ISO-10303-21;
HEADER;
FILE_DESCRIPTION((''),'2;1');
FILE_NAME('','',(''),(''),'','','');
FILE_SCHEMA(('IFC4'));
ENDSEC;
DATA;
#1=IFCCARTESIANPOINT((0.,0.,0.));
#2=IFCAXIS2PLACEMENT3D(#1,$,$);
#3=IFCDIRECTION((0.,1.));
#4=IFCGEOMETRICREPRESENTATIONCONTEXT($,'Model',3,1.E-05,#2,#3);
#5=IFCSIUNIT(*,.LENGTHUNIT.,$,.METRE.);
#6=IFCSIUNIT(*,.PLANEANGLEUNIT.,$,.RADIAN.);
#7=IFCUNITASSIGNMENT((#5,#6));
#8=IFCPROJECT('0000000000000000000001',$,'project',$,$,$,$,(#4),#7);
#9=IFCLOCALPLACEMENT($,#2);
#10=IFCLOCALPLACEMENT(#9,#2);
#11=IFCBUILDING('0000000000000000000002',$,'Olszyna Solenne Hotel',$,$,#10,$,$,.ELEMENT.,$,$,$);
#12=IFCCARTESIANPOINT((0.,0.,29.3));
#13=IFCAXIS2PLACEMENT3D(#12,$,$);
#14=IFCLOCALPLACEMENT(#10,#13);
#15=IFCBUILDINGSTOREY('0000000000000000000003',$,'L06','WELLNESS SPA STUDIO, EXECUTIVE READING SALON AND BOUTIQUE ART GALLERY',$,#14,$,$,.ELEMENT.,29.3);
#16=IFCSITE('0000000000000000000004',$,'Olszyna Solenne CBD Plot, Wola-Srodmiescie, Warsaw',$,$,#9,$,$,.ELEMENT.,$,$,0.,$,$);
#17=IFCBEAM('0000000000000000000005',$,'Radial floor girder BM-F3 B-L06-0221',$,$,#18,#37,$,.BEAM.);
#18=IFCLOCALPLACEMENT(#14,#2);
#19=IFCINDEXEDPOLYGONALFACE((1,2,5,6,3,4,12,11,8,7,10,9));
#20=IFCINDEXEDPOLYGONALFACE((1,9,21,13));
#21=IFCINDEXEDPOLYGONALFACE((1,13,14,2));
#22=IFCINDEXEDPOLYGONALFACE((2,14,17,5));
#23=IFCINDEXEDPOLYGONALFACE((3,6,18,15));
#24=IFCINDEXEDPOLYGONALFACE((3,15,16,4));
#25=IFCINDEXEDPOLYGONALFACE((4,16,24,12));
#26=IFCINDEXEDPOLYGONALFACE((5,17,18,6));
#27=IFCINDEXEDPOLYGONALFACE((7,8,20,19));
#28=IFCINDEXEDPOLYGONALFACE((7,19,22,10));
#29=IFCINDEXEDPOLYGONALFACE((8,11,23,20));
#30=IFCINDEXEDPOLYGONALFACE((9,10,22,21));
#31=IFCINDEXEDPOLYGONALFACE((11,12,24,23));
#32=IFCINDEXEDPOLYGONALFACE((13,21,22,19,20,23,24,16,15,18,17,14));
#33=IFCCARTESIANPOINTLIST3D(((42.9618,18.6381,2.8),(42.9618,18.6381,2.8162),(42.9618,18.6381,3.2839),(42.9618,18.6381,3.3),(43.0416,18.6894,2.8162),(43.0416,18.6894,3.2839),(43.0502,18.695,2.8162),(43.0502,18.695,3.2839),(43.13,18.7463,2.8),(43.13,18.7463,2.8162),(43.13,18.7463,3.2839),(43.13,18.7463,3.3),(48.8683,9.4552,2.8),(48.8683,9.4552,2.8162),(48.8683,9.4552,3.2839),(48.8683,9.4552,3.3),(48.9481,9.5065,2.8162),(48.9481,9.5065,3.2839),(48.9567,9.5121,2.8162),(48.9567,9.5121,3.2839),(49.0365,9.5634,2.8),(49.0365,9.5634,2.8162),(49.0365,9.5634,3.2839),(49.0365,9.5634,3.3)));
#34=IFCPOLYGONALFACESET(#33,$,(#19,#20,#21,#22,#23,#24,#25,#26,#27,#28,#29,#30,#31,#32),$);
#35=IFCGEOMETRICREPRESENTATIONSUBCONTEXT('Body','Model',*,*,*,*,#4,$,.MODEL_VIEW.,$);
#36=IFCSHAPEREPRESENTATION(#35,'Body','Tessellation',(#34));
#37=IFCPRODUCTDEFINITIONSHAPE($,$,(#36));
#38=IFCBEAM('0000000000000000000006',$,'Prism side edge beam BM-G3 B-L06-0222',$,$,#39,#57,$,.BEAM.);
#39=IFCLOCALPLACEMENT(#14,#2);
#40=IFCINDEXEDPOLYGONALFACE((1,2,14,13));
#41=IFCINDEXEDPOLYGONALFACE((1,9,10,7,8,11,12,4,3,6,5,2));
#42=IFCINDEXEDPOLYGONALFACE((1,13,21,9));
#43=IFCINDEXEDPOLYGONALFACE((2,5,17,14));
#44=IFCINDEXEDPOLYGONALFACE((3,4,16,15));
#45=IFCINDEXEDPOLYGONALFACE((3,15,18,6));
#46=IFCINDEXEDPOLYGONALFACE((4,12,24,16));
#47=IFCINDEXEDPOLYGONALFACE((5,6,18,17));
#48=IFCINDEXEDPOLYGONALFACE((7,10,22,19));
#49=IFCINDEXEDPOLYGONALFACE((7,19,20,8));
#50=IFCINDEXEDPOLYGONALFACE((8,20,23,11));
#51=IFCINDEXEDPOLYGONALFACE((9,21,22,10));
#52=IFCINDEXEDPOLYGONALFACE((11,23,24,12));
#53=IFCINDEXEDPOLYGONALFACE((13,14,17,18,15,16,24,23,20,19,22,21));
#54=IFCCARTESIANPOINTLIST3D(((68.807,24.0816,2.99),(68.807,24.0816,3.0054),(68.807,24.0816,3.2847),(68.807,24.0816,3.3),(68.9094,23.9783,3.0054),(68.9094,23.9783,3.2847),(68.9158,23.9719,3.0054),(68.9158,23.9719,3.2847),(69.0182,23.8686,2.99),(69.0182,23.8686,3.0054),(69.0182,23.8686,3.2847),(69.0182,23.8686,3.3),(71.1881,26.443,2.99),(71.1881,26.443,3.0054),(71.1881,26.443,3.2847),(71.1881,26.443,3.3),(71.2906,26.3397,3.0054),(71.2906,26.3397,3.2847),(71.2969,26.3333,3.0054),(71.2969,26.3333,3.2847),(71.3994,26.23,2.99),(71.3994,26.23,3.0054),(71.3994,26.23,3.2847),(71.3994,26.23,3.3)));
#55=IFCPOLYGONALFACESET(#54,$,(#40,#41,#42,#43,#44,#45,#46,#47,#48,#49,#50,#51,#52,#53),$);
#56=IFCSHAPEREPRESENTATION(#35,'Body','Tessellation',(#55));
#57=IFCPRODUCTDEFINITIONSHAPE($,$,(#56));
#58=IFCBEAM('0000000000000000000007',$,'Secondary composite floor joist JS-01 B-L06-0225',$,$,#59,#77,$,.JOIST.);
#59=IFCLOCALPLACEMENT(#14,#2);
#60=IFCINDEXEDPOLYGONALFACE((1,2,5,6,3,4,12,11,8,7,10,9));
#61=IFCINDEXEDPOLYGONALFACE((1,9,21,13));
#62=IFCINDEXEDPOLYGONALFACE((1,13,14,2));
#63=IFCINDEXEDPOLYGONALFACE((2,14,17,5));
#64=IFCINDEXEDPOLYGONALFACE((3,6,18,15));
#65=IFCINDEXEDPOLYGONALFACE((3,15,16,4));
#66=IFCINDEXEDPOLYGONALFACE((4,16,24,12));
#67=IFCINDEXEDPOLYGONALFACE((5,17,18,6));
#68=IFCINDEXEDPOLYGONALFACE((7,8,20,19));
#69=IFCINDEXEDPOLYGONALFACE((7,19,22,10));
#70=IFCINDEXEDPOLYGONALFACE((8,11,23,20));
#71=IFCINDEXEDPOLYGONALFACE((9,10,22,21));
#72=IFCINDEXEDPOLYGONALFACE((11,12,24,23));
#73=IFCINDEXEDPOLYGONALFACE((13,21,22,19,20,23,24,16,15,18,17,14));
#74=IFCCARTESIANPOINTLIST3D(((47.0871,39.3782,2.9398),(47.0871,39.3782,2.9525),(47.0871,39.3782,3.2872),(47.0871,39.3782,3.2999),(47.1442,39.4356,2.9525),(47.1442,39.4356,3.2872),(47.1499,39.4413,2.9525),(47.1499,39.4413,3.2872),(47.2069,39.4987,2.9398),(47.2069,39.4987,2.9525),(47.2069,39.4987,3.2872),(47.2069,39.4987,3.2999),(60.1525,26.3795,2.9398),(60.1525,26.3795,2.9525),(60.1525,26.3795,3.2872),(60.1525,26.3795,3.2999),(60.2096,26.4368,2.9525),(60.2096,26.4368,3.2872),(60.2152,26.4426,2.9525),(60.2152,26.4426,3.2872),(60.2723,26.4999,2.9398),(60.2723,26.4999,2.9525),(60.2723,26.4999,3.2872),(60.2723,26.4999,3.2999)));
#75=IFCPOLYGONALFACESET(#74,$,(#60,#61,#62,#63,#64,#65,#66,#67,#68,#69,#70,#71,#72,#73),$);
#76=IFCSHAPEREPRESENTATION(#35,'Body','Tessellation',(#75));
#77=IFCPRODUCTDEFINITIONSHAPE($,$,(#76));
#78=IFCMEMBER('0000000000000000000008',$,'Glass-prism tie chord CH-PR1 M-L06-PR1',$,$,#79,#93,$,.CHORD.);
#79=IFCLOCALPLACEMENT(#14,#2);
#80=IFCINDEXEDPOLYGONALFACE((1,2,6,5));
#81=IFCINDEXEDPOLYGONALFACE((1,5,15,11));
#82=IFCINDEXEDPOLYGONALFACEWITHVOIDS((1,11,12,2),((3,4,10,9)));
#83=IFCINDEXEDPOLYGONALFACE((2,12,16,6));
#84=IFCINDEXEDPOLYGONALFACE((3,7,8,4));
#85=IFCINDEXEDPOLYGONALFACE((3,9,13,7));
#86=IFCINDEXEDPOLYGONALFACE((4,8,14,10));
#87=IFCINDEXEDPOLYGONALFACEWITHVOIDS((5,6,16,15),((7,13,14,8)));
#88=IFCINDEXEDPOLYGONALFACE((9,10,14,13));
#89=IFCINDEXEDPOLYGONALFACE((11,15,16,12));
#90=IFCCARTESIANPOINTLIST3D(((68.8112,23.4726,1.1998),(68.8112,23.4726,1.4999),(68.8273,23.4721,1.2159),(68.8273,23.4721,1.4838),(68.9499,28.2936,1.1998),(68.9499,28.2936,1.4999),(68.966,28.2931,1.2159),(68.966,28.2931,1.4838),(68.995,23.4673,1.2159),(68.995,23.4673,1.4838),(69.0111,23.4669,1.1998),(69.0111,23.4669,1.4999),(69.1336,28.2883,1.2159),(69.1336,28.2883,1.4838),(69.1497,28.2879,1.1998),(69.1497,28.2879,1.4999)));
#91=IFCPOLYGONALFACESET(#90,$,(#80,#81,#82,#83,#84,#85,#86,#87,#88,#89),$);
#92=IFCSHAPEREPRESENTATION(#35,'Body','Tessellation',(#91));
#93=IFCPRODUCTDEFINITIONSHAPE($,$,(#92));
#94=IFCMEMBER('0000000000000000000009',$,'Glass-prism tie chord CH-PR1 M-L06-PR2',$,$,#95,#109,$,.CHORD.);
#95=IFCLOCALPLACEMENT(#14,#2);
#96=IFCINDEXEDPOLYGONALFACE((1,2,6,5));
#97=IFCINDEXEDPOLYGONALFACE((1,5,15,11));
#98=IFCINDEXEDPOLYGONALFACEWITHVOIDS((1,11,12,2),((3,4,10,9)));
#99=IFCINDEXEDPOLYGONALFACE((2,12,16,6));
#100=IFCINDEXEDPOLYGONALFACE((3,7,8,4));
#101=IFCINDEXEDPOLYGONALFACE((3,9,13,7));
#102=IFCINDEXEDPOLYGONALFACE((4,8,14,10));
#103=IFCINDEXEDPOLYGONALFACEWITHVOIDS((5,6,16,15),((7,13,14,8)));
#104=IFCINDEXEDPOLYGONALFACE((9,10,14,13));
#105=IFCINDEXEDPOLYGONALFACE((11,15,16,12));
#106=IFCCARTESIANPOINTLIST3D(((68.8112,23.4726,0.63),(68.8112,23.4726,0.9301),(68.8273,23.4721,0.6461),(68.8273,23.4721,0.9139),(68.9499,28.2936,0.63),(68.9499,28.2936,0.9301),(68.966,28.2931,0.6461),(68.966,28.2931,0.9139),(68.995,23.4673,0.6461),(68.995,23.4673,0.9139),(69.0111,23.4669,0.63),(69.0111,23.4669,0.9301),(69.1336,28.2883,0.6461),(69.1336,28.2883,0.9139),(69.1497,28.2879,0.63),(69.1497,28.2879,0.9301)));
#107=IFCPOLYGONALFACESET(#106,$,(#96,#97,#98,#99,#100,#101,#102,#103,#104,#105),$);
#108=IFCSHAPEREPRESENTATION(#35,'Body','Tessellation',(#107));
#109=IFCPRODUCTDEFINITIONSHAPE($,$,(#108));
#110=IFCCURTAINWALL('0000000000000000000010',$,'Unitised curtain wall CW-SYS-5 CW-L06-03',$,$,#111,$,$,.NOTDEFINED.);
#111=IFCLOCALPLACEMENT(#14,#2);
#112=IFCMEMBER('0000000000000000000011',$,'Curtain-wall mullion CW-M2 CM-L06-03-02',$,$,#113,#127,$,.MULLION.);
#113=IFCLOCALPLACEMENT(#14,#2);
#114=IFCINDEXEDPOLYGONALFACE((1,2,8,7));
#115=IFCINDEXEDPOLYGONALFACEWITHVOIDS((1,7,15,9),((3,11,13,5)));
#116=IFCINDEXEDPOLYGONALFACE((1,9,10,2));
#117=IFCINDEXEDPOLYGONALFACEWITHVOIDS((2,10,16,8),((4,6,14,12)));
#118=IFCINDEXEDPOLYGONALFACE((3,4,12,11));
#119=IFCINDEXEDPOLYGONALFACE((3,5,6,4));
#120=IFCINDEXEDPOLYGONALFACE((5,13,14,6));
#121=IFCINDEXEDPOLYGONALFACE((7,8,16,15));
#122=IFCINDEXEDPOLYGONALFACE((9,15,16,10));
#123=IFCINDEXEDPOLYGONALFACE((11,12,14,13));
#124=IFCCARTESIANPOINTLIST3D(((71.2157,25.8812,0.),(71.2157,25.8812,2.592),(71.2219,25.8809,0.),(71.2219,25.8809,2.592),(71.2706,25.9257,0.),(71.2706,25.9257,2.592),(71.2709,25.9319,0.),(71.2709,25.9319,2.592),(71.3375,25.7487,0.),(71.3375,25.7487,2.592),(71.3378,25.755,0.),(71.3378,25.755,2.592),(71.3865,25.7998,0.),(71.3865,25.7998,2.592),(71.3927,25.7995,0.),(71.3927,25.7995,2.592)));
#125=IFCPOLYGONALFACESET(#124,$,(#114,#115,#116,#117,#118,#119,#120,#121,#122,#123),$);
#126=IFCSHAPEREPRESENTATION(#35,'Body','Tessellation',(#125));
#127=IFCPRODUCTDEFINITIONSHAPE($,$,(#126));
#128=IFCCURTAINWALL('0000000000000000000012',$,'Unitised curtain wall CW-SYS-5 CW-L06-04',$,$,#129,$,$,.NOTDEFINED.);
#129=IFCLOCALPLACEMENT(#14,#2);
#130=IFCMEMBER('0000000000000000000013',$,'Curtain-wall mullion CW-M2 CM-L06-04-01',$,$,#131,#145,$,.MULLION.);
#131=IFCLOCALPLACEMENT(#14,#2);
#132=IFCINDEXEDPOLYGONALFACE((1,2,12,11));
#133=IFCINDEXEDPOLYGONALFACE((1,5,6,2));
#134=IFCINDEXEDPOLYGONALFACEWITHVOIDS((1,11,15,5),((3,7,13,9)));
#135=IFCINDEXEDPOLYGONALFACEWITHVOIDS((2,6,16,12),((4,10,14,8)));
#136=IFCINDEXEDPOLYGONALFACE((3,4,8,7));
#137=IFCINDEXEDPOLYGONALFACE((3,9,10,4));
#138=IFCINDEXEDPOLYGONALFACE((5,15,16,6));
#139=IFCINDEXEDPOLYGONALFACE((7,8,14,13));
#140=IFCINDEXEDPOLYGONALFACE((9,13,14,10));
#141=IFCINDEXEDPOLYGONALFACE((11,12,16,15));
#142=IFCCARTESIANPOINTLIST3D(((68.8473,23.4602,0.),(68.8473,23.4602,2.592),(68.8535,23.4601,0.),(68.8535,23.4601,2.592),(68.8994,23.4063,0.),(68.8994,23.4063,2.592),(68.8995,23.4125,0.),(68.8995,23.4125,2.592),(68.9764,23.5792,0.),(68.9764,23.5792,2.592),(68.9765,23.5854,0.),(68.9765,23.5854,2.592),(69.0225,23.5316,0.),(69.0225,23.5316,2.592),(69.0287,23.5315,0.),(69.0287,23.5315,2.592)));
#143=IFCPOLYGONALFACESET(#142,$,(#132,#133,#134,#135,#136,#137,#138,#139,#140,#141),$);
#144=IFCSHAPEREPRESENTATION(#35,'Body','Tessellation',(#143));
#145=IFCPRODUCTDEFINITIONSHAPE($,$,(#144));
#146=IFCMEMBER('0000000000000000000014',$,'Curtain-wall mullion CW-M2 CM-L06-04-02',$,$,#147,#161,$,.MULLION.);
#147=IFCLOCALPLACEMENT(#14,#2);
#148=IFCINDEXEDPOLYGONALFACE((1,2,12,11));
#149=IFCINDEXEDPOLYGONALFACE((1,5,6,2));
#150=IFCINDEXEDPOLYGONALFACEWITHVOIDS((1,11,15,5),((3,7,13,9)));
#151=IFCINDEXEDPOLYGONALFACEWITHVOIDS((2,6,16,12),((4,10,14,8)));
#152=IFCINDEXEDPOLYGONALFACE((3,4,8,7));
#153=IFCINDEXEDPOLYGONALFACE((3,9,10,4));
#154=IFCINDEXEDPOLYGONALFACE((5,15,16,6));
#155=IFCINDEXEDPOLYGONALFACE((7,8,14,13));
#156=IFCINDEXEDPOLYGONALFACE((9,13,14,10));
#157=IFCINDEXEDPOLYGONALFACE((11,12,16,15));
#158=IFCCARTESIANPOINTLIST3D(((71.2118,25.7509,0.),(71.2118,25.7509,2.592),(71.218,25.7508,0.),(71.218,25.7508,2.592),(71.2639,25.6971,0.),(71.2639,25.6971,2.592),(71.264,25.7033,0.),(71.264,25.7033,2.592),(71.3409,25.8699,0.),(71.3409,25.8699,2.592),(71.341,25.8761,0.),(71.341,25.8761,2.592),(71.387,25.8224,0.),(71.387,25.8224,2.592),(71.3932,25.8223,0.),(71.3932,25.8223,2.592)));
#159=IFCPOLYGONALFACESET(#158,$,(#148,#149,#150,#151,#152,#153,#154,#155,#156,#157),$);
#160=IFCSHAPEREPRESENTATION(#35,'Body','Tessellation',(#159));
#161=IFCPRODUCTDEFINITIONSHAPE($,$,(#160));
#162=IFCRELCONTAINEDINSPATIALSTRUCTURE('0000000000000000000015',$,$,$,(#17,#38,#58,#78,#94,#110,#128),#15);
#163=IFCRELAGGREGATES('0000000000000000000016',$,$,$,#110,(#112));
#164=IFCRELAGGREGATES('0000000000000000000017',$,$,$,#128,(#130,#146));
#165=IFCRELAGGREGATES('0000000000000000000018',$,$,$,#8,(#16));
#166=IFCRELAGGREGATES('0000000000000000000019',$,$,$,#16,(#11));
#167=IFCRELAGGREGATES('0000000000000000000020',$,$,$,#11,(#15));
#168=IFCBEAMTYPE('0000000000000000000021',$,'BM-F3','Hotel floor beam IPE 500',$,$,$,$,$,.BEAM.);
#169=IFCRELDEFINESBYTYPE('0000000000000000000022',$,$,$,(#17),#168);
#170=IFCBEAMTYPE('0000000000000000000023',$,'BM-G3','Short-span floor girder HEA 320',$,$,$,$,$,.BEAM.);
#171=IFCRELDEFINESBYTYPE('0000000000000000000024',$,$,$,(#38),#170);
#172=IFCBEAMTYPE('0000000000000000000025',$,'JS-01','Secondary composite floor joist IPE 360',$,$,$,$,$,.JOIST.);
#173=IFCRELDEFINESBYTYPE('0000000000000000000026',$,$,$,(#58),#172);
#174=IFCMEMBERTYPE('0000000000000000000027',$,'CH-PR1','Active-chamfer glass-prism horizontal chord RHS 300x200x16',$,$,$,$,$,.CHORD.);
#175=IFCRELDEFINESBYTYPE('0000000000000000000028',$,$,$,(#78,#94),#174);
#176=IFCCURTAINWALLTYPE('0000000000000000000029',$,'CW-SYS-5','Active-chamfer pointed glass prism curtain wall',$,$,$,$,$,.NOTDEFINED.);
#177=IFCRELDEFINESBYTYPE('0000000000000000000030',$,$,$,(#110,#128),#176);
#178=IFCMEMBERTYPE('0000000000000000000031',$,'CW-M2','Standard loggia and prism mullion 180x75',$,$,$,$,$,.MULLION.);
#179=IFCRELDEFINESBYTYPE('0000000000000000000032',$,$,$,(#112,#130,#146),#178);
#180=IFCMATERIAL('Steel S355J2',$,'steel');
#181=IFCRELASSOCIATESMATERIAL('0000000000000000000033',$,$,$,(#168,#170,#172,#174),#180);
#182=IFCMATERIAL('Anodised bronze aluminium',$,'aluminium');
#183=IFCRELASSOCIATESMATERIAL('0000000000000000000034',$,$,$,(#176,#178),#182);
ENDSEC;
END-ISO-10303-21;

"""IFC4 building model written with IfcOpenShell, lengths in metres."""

from ifc_helpers import new_model, si_unit, direction, frame, origin, origin_2d, place, context, subcontext, project, spatial, hollow_rectangle, i_section, extrude, source, transform, mapped, material, material_profile, profile_set, type_object, element, aggregate, save


model = new_model("IFC4")

# Units and contexts
model_context = context("Model", 3, precision=1e-05, world=origin(), true_north=direction((0.0, 1.0)))
body_context = subcontext(model_context, "Body", "Model", "MODEL_VIEW")
ifc_project = project(units=[si_unit("LENGTHUNIT", "METRE"), si_unit("PLANEANGLEUNIT", "RADIAN")], contexts=[model_context])

# Site, building, storey
site_placement = place(None, origin())
site = spatial("IfcSite", under=ifc_project, at=site_placement, Name="Olszyna Solenne CBD Plot, Wola-Srodmiescie, Warsaw", CompositionType="ELEMENT", RefElevation=0.0)
building_placement = place(site_placement, origin())
building = spatial("IfcBuilding", under=site, at=building_placement, Name="Olszyna Solenne Hotel", CompositionType="ELEMENT")
storey_placement = place(building_placement, frame((0.0, 0.0, 29.3)))
storey = spatial("IfcBuildingStorey", under=building, at=storey_placement, Name="L06", Description="WELLNESS SPA STUDIO, EXECUTIVE READING SALON AND BOUTIQUE ART GALLERY", CompositionType="ELEMENT", Elevation=29.3)

# Beams
ifc_material_1 = material(Name="Steel S355J2", Category="steel")
ifc_material_profile_1 = material_profile(ifc_material_1, i_section(OverallWidth=0.2, OverallDepth=0.5, WebThickness=0.0103, FlangeThickness=0.0161, at=origin_2d()), Name="IPE 500", Category="load-bearing")
ifc_profile_set_1 = profile_set([ifc_material_profile_1], Name="Steel S355J2")
beam_type_1 = type_object("IfcBeamType", Name="BM-F3", Description="Hotel floor beam IPE 500", PredefinedType="BEAM", material=ifc_profile_set_1)
shared_shape_1 = source(origin(), body_context, "Body", "SweptSolid", [
    extrude(i_section(OverallWidth=0.2, OverallDepth=0.5, WebThickness=0.0103, FlangeThickness=0.0161, at=origin_2d()), origin(), (0.0, 0.0, 1.0), 10.9185),
])
beam_1_placement = place(storey_placement, frame((48.9524, 9.5093, 3.05), z_axis=(-0.540967, 0.841044, 0.0), x_axis=(-0.841044, -0.540967, 0.0)))
element("IfcBeam", 1, at=beam_1_placement, inside=storey, type_object=beam_type_1, Name="Radial floor girder BM-F3 B-L06-0221", PredefinedType="BEAM", context=body_context, shape_type="MappedRepresentation", body=[
    mapped(shared_shape_1, transform((0.0, 0.0, 0.0), x_axis=(1.0, 0.0, 0.0), y_axis=(0.0, 1.0, 0.0), z_axis=(0.0, 0.0, 1.0), scale=1.0)),
])
ifc_material_profile_2 = material_profile(ifc_material_1, i_section(OverallWidth=0.3, OverallDepth=0.3101, WebThickness=0.009, FlangeThickness=0.0154, at=origin_2d()), Name="HEA 320", Category="load-bearing")
ifc_profile_set_2 = profile_set([ifc_material_profile_2], Name="Steel S355J2")
beam_type_2 = type_object("IfcBeamType", Name="BM-G3", Description="Short-span floor girder HEA 320", PredefinedType="BEAM", material=ifc_profile_set_2)
shared_shape_2 = source(origin(), body_context, "Body", "SweptSolid", [
    extrude(i_section(OverallWidth=0.3, OverallDepth=0.3101, WebThickness=0.009, FlangeThickness=0.0154, at=origin_2d()), origin(), (0.0, 0.0, 1.0), 3.3535),
])
beam_2_placement = place(storey_placement, frame((68.9126, 23.9751, 3.145), z_axis=(0.710049, 0.704152, 0.0), x_axis=(-0.704152, 0.710049, 0.0)))
element("IfcBeam", 2, at=beam_2_placement, inside=storey, type_object=beam_type_2, Name="Prism side edge beam BM-G3 B-L06-0222", PredefinedType="BEAM", context=body_context, shape_type="MappedRepresentation", body=[
    mapped(shared_shape_2, transform((0.0, 0.0, 0.0), x_axis=(1.0, 0.0, 0.0), y_axis=(0.0, 1.0, 0.0), z_axis=(0.0, 0.0, 1.0), scale=1.0)),
])
ifc_material_profile_3 = material_profile(ifc_material_1, i_section(OverallWidth=0.1699, OverallDepth=0.3601, WebThickness=0.0081, FlangeThickness=0.0127, at=origin_2d()), Name="IPE 360", Category="load-bearing")
ifc_profile_set_3 = profile_set([ifc_material_profile_3], Name="Steel S355J2")
beam_type_3 = type_object("IfcBeamType", Name="JS-01", Description="Secondary composite floor joist IPE 360", PredefinedType="JOIST", material=ifc_profile_set_3)
shared_shape_3 = source(origin(), body_context, "Body", "SweptSolid", [
    extrude(i_section(OverallWidth=0.1699, OverallDepth=0.3601, WebThickness=0.0081, FlangeThickness=0.0127, at=origin_2d()), origin(), (0.0, 0.0, 1.0), 18.4302),
])
beam_3_placement = place(storey_placement, frame((60.2124, 26.4397, 3.1199), z_axis=(-0.708913, 0.705296, 0.0), x_axis=(-0.705296, -0.708913, 0.0)))
element("IfcBeam", 3, at=beam_3_placement, inside=storey, type_object=beam_type_3, Name="Secondary composite floor joist JS-01 B-L06-0225", PredefinedType="JOIST", context=body_context, shape_type="MappedRepresentation", body=[
    mapped(shared_shape_3, transform((0.0, 0.0, 0.0), x_axis=(1.0, 0.0, 0.0), y_axis=(0.0, 1.0, 0.0), z_axis=(0.0, 0.0, 1.0), scale=1.0)),
])

# Members
ifc_material_profile_4 = material_profile(ifc_material_1, hollow_rectangle(XDim=0.2, YDim=0.3, WallThickness=0.0161, at=origin_2d()), Name="RHS 300x200x16", Category="load-bearing")
ifc_profile_set_4 = profile_set([ifc_material_profile_4], Name="Steel S355J2")
member_type_1 = type_object("IfcMemberType", Name="CH-PR1", Description="Active-chamfer glass-prism horizontal chord RHS 300x200x16", PredefinedType="CHORD", material=ifc_profile_set_4)
shared_shape_4 = source(origin(), body_context, "Body", "SweptSolid", [
    extrude(hollow_rectangle(XDim=0.2, YDim=0.3, WallThickness=0.0161, at=origin_2d()), origin(), (0.0, 0.0, 1.0), 4.823),
])
for number, where, z_axis, x_axis, name in (
    (4, (68.9111, 23.4697, 1.3499), (0.028752, 0.999587, 0.0), (-0.999587, 0.028752, 0.0), "Glass-prism tie chord CH-PR1 M-L06-PR1"),
    (5, (68.9111, 23.4697, 0.78), (0.028752, 0.999587, 0.0), (-0.999587, 0.028752, 0.0), "Glass-prism tie chord CH-PR1 M-L06-PR2"),
):
    element("IfcMember", number, at=place(storey_placement, frame(where, z_axis=z_axis, x_axis=x_axis)), inside=storey, type_object=member_type_1, Name=name, PredefinedType="CHORD", context=body_context, shape_type="MappedRepresentation", body=[
        mapped(shared_shape_4, transform((0.0, 0.0, 0.0), x_axis=(1.0, 0.0, 0.0), y_axis=(0.0, 1.0, 0.0), z_axis=(0.0, 0.0, 1.0), scale=1.0)),
    ])

# Curtain wall, member
ifc_material_2 = material(Name="Anodised bronze aluminium", Category="aluminium")
curtain_wall_type = type_object("IfcCurtainWallType", Name="CW-SYS-5", Description="Active-chamfer pointed glass prism curtain wall", PredefinedType="NOTDEFINED", material=ifc_material_2)
curtain_wall_1_placement = place(storey_placement, origin())
curtain_wall_1 = element("IfcCurtainWall", 6, at=curtain_wall_1_placement, inside=storey, type_object=curtain_wall_type, Name="Unitised curtain wall CW-SYS-5 CW-L06-03", PredefinedType="NOTDEFINED")
ifc_material_profile_5 = material_profile(ifc_material_2, hollow_rectangle(XDim=0.075, YDim=0.1799, WallThickness=0.0044, at=origin_2d()), Name="MULL 180x75x4.5", Category="load-bearing")
ifc_profile_set_5 = profile_set([ifc_material_profile_5], Name="Anodised bronze aluminium")
member_type_2 = type_object("IfcMemberType", Name="CW-M2", Description="Standard loggia and prism mullion 180x75", PredefinedType="MULLION", material=ifc_profile_set_5)
shared_shape_5 = source(origin(), body_context, "Body", "SweptSolid", [
    extrude(hollow_rectangle(XDim=0.075, YDim=0.1799, WallThickness=0.0044, at=origin_2d()), origin(), (0.0, 0.0, 1.0), 2.592),
])
member_1_placement = place(storey_placement, frame((71.3042, 25.8403, 0.0), z_axis=(0.0, 0.0, 1.0), x_axis=(0.735954, 0.677032, 0.0)))
member_1 = element("IfcMember", 7, at=member_1_placement, type_object=member_type_2, Name="Curtain-wall mullion CW-M2 CM-L06-03-02", PredefinedType="MULLION", context=body_context, shape_type="MappedRepresentation", body=[
    mapped(shared_shape_5, transform((0.0, 0.0, 0.0), x_axis=(1.0, 0.0, 0.0), y_axis=(0.0, 1.0, 0.0), z_axis=(0.0, 0.0, 1.0), scale=1.0)),
])

# Curtain wall, members
curtain_wall_2_placement = place(storey_placement, origin())
curtain_wall_2 = element("IfcCurtainWall", 8, at=curtain_wall_2_placement, inside=storey, type_object=curtain_wall_type, Name="Unitised curtain wall CW-SYS-5 CW-L06-04", PredefinedType="NOTDEFINED")
member_2_placement = place(storey_placement, frame((68.938, 23.4958, 0.0), z_axis=(0.0, 0.0, 1.0), x_axis=(-0.695807, 0.718229, 0.0)))
member_2 = element("IfcMember", 9, at=member_2_placement, type_object=member_type_2, Name="Curtain-wall mullion CW-M2 CM-L06-04-01", PredefinedType="MULLION", context=body_context, shape_type="MappedRepresentation", body=[
    mapped(shared_shape_5, transform((0.0, 0.0, 0.0), x_axis=(1.0, 0.0, 0.0), y_axis=(0.0, 1.0, 0.0), z_axis=(0.0, 0.0, 1.0), scale=1.0)),
])
member_3_placement = place(storey_placement, frame((71.3025, 25.7866, 0.0), z_axis=(0.0, 0.0, 1.0), x_axis=(-0.695807, 0.718229, 0.0)))
member_3 = element("IfcMember", 10, at=member_3_placement, type_object=member_type_2, Name="Curtain-wall mullion CW-M2 CM-L06-04-02", PredefinedType="MULLION", context=body_context, shape_type="MappedRepresentation", body=[
    mapped(shared_shape_5, transform((0.0, 0.0, 0.0), x_axis=(1.0, 0.0, 0.0), y_axis=(0.0, 1.0, 0.0), z_axis=(0.0, 0.0, 1.0), scale=1.0)),
])

aggregate(curtain_wall_1, [member_1])
aggregate(curtain_wall_2, [member_2, member_3])

save(model, "model.ifc")
